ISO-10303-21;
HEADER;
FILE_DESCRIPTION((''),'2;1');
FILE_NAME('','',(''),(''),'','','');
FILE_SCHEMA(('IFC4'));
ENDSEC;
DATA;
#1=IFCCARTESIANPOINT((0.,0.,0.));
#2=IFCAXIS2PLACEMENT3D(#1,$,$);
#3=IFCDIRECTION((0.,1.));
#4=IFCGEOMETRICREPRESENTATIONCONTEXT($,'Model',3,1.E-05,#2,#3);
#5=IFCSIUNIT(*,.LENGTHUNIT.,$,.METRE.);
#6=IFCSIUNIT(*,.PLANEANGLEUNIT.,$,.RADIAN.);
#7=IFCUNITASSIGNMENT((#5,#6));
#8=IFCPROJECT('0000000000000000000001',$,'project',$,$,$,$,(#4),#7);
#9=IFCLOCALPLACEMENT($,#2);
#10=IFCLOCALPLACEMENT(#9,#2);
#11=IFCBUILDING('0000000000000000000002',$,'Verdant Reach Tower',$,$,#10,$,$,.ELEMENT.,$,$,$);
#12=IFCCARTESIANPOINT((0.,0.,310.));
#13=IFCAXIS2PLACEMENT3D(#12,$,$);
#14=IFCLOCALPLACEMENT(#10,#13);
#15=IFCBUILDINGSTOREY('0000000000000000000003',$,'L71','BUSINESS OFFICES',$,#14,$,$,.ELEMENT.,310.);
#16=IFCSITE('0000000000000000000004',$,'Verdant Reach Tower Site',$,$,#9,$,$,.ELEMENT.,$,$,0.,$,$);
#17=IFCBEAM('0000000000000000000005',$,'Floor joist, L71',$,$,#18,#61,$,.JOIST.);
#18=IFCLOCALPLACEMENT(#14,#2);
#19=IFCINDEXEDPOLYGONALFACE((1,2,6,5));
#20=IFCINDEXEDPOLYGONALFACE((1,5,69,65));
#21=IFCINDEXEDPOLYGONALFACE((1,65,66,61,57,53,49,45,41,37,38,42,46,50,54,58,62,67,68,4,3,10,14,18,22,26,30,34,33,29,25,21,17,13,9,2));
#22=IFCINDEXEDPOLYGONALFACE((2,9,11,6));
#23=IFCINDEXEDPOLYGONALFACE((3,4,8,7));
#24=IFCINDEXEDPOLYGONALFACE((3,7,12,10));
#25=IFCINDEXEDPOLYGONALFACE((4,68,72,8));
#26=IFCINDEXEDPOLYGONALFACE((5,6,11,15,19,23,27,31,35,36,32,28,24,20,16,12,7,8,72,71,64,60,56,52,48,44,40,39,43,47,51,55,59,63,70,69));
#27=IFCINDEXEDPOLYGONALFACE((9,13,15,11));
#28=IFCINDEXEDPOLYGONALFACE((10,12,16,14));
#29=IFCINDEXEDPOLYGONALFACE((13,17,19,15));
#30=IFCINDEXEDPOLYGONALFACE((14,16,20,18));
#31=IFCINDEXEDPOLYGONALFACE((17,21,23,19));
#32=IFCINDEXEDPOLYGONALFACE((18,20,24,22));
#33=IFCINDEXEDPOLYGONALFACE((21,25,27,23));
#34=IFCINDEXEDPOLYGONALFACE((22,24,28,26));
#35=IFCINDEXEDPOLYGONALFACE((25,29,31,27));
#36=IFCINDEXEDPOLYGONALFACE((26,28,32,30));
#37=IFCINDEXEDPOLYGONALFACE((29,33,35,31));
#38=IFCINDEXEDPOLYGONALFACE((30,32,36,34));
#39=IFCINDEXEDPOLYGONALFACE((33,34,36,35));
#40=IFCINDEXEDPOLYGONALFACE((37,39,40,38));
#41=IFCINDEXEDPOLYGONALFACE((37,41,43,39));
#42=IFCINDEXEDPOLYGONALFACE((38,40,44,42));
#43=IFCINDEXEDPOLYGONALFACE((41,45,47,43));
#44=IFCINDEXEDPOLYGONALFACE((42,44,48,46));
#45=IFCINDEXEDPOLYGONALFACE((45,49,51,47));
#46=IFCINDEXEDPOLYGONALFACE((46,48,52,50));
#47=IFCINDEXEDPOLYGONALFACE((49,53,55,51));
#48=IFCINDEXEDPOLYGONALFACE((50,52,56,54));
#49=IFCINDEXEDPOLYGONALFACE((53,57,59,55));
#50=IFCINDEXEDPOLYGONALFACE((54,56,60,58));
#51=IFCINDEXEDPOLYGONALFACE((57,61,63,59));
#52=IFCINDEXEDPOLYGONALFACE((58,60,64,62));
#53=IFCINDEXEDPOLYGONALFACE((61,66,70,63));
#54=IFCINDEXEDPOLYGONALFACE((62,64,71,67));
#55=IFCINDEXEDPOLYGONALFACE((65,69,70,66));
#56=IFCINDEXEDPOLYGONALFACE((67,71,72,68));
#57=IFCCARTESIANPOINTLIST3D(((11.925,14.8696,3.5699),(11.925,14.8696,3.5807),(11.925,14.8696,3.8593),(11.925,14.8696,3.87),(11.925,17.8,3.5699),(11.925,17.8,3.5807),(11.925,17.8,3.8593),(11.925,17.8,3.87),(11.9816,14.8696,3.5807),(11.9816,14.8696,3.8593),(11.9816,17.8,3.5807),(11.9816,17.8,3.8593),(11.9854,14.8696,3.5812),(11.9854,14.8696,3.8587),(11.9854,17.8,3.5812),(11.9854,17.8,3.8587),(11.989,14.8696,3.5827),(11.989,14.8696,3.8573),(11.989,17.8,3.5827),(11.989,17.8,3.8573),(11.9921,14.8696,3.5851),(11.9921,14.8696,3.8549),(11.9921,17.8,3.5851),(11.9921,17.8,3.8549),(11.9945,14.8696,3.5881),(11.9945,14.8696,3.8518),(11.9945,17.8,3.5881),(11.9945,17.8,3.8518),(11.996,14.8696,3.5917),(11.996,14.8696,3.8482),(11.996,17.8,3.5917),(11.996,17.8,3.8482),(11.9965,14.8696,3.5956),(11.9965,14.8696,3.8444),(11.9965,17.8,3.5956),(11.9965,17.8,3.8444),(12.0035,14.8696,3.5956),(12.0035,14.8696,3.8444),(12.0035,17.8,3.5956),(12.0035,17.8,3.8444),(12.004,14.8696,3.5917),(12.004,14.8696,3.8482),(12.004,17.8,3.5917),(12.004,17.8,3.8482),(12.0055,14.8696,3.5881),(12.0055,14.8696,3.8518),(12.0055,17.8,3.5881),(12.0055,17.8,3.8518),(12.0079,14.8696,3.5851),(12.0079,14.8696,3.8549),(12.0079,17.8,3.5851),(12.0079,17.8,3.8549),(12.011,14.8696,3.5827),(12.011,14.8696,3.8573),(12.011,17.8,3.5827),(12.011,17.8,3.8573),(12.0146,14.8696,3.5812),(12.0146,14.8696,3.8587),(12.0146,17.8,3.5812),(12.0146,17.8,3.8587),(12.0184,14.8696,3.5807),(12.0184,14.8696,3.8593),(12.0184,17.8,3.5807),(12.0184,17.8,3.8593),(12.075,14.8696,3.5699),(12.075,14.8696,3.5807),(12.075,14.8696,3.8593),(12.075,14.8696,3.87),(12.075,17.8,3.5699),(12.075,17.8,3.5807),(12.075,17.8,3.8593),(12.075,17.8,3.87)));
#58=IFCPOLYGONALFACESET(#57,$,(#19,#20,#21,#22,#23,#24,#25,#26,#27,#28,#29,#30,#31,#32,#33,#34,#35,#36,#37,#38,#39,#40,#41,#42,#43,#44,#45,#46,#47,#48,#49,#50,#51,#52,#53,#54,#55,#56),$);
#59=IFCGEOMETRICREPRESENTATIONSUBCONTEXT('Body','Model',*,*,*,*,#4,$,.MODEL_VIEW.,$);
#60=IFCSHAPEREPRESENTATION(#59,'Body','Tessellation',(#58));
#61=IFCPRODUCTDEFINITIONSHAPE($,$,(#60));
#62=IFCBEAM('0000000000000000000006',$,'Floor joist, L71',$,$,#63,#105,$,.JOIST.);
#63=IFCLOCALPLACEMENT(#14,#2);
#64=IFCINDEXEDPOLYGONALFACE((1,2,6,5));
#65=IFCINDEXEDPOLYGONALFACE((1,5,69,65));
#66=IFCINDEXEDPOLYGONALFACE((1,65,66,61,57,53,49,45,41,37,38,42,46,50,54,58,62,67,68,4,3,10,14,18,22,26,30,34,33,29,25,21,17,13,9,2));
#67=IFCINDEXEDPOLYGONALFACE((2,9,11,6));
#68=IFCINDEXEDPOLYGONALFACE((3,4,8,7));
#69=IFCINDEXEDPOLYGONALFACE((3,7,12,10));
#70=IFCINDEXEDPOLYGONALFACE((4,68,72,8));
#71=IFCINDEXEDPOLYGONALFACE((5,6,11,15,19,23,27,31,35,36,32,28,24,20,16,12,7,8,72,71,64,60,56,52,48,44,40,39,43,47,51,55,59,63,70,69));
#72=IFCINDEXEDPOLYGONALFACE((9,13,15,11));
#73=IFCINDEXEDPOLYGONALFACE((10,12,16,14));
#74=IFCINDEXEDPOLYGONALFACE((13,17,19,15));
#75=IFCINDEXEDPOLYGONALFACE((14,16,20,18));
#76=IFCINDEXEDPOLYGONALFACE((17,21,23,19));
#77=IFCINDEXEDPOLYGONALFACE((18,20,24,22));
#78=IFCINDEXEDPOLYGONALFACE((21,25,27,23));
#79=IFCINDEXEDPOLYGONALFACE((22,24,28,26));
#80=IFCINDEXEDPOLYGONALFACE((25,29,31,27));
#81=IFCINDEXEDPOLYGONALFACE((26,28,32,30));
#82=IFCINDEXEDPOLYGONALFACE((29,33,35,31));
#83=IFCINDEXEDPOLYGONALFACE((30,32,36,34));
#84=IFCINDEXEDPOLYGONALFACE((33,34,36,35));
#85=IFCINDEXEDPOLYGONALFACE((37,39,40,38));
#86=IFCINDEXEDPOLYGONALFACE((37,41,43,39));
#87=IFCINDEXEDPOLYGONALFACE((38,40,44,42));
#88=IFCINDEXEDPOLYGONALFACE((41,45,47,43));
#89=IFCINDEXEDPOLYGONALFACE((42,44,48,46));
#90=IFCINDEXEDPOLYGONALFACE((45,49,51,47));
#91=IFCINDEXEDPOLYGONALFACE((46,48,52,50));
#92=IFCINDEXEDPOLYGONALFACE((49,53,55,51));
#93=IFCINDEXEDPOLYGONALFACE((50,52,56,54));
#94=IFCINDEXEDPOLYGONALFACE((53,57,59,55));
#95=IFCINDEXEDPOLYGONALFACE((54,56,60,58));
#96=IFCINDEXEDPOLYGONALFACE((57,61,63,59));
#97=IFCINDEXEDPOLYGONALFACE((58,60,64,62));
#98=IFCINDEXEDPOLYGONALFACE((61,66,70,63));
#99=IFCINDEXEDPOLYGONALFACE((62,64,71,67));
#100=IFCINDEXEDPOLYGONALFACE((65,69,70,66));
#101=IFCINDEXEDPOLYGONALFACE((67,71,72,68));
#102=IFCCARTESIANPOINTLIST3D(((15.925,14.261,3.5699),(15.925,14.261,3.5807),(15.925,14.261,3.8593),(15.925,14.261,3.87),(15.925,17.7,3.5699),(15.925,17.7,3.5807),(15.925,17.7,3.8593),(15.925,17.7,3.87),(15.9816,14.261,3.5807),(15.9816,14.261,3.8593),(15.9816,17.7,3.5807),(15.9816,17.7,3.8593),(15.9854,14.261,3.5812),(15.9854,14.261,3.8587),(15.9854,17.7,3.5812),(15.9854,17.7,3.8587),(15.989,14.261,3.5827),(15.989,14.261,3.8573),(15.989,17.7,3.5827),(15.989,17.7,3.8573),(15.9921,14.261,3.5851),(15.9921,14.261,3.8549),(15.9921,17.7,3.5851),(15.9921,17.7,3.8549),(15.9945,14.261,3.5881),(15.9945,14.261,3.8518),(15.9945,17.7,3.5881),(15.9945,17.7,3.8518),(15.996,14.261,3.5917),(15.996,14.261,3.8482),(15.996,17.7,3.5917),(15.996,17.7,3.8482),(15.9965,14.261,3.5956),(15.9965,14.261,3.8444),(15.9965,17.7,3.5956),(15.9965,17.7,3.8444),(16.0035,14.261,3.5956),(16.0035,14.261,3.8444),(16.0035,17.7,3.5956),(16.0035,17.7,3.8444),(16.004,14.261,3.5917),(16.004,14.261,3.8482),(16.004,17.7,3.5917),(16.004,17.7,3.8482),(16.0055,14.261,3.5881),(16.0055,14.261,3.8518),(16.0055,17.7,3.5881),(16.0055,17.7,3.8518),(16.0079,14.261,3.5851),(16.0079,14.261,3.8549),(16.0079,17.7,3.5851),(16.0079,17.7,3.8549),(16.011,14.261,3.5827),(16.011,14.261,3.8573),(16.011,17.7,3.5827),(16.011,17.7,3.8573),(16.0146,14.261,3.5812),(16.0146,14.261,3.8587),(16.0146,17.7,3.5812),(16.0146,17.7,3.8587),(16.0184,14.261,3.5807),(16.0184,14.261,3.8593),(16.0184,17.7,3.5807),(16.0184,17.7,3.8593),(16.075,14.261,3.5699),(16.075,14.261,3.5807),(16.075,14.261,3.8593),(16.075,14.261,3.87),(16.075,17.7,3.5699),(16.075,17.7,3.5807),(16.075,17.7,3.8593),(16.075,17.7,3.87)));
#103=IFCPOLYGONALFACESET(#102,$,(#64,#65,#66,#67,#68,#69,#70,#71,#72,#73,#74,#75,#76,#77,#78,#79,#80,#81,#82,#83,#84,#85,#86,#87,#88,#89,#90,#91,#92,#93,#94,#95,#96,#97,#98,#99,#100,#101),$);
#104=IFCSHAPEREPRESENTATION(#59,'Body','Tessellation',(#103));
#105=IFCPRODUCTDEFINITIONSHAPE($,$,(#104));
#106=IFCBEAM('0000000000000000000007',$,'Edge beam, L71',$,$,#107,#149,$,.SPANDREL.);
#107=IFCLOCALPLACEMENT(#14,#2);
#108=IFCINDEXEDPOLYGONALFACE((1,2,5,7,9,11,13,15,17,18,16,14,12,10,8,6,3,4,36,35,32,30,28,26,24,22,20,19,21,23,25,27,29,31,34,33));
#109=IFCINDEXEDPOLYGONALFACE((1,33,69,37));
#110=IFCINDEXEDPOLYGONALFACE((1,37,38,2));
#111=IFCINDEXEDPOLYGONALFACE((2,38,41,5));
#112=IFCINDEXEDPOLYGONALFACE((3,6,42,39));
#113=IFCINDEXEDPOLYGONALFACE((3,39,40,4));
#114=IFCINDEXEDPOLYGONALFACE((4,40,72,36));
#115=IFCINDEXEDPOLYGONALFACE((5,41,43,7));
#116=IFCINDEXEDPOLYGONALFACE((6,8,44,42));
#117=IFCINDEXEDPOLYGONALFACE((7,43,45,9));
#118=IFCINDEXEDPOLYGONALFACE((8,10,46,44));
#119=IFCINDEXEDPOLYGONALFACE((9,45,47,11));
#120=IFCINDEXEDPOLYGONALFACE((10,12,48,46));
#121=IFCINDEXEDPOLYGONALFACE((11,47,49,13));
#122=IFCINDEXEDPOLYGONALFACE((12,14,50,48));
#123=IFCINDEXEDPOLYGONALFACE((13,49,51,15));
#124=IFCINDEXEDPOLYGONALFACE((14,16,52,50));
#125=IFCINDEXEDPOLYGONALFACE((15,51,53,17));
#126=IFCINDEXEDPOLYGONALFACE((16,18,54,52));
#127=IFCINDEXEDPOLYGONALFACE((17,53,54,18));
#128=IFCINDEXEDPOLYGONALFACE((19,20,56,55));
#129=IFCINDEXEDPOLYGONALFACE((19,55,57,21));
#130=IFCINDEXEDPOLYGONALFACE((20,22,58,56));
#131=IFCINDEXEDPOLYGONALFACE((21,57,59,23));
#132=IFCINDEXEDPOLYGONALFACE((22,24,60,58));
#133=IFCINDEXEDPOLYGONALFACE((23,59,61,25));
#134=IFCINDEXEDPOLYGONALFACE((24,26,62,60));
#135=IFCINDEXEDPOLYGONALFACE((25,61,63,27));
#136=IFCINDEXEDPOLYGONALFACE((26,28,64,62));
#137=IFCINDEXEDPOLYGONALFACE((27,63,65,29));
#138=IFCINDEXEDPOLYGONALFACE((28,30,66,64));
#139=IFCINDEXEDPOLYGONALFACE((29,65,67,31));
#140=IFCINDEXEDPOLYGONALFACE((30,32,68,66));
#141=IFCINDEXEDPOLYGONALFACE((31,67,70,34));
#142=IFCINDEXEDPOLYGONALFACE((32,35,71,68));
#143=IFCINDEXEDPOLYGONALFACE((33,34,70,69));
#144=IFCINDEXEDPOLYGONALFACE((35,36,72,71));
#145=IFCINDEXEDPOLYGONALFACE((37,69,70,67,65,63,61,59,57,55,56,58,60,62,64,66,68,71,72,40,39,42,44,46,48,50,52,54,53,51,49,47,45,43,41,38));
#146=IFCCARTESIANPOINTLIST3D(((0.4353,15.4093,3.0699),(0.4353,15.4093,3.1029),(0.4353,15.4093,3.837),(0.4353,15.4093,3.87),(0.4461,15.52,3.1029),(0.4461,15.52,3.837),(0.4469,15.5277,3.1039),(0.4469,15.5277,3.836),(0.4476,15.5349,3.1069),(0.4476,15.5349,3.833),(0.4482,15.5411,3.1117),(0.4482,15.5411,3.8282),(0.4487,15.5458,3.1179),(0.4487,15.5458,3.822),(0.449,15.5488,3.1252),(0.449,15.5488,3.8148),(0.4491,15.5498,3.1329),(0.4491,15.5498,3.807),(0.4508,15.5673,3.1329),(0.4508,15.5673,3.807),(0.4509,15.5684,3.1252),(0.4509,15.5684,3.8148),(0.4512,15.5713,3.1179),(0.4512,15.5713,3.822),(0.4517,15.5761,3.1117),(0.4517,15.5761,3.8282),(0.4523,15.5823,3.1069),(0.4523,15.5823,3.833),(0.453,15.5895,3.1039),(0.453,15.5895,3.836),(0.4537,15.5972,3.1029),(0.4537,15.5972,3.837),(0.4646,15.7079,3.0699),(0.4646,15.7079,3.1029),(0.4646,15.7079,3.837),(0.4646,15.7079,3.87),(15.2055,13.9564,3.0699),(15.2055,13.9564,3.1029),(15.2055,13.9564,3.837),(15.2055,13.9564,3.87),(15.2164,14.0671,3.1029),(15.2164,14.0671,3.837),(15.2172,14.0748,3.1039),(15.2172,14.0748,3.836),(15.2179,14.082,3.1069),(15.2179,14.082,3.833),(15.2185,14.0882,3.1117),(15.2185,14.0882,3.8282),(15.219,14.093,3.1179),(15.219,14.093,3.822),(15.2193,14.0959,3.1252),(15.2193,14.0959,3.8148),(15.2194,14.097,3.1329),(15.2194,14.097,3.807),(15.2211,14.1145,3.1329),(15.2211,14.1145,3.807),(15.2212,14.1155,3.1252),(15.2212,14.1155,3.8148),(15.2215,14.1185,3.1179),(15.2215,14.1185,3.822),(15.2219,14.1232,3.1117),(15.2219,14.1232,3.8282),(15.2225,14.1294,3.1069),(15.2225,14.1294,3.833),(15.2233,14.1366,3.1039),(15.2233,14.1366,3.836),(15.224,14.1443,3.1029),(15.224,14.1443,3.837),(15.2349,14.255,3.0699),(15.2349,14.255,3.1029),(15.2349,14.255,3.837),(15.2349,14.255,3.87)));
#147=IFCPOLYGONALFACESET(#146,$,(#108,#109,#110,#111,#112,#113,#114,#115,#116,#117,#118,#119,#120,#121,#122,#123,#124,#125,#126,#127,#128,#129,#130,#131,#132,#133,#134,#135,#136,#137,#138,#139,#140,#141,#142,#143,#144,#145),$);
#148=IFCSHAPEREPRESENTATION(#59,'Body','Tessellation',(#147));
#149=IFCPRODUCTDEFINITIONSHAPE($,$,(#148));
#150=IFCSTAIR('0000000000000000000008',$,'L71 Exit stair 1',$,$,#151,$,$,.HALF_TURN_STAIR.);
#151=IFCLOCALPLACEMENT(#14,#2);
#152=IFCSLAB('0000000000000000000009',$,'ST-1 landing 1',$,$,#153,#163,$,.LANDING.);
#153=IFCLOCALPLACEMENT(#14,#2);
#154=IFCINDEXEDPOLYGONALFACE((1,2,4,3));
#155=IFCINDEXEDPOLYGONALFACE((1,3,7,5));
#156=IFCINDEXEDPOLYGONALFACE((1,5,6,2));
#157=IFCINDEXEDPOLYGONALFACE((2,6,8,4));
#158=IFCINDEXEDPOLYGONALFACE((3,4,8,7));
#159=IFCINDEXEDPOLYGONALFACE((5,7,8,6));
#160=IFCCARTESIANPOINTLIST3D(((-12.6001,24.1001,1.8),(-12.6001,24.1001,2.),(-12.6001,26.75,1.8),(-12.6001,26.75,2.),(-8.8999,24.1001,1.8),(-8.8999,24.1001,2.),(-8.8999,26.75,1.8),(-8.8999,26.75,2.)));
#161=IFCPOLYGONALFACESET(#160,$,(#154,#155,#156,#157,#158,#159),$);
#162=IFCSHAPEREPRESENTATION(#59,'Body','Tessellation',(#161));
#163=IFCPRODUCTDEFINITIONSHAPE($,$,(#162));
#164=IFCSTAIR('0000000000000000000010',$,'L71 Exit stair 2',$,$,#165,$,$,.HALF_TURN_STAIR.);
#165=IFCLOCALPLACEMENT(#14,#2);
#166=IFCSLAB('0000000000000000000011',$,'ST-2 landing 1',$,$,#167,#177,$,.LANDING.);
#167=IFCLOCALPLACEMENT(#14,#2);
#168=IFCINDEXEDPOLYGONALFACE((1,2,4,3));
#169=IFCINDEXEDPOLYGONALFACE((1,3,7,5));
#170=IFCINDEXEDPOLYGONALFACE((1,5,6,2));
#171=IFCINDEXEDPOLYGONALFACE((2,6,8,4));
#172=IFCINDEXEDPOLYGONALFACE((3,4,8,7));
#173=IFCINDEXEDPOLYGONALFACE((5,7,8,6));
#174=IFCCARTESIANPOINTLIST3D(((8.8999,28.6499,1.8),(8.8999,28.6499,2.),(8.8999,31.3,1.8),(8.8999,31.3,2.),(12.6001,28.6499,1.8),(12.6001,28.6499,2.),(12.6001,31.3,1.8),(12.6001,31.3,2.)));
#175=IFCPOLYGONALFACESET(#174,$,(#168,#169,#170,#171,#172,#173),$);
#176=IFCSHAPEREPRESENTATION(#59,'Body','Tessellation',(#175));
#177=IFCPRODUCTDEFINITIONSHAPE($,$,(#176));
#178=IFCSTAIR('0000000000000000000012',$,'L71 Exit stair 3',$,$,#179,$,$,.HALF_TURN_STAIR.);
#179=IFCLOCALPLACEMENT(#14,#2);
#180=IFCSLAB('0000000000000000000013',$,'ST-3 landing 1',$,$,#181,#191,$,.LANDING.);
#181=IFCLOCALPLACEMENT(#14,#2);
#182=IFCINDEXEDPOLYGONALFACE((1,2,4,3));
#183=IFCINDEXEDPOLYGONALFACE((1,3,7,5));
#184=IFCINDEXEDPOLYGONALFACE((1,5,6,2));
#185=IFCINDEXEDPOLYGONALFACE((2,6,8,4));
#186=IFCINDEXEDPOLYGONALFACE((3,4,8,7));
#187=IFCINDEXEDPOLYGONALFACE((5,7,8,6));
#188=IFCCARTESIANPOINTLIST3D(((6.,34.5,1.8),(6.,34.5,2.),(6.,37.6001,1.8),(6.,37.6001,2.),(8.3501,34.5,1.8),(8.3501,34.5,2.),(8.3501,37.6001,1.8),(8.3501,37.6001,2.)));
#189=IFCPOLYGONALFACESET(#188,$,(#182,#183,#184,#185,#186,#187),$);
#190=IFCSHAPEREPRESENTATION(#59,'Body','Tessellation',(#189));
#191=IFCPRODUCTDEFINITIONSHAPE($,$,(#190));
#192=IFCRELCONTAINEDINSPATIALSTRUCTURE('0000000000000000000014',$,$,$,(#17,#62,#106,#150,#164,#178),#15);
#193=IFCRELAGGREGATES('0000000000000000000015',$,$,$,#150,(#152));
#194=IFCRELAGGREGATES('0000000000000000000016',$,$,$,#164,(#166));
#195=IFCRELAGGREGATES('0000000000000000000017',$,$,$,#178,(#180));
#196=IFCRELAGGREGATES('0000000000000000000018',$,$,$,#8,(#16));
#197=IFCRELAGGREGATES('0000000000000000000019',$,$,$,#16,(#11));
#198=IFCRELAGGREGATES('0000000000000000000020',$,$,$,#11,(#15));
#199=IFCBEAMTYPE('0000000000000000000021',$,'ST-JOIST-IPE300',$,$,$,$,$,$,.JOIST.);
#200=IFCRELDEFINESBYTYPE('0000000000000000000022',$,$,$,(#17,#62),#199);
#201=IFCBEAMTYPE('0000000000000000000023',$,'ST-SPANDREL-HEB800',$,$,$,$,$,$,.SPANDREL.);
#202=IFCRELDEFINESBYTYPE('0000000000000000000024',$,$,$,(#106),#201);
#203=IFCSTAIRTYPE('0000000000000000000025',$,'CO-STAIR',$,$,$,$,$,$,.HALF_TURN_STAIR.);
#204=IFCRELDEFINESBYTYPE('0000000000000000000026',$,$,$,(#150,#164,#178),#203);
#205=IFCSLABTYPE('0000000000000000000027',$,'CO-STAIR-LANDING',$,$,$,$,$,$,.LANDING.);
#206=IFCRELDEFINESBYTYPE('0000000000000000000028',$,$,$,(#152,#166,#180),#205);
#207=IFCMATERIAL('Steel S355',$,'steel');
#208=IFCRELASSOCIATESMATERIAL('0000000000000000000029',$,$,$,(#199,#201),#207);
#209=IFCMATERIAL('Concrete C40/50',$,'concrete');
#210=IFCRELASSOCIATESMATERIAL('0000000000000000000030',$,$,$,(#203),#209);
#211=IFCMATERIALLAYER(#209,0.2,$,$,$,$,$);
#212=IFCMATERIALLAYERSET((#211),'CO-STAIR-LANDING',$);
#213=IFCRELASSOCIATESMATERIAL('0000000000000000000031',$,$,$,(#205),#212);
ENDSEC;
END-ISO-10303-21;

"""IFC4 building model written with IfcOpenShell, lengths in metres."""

from ifc_helpers import new_model, si_unit, direction, frame, origin, origin_2d, place, context, subcontext, project, spatial, polyline, i_section, outline, extrude, material, layer, layer_set, material_profile, profile_set, type_object, element, aggregate, save


model = new_model("IFC4")

# Units and contexts
model_context = context("Model", 3, precision=1e-05, world=origin(), true_north=direction((0.0, 1.0)))
body_context = subcontext(model_context, "Body", "Model", "MODEL_VIEW")
ifc_project = project(units=[si_unit("LENGTHUNIT", "METRE"), si_unit("PLANEANGLEUNIT", "RADIAN")], contexts=[model_context])

# Site, building, storey
site_placement = place(None, origin())
site = spatial("IfcSite", under=ifc_project, at=site_placement, Name="Verdant Reach Tower Site", CompositionType="ELEMENT", RefElevation=0.0)
building_placement = place(site_placement, origin())
building = spatial("IfcBuilding", under=site, at=building_placement, Name="Verdant Reach Tower", CompositionType="ELEMENT")
storey_placement = place(building_placement, frame((0.0, 0.0, 310.0)))
storey = spatial("IfcBuildingStorey", under=building, at=storey_placement, Name="L71", Description="BUSINESS OFFICES", CompositionType="ELEMENT", Elevation=310.0)

# Beams
ifc_material_1 = material(Name="Steel S355", Category="steel")
ifc_material_profile_1 = material_profile(ifc_material_1, i_section(OverallWidth=0.1499, OverallDepth=0.3, WebThickness=0.0071, FlangeThickness=0.0107, FilletRadius=0.0149, at=origin_2d()), Name="IPE 300")
ifc_profile_set_1 = profile_set([ifc_material_profile_1], Name="Steel S355")
beam_type_1 = type_object("IfcBeamType", Name="ST-JOIST-IPE300", PredefinedType="JOIST", material=ifc_profile_set_1)
beam_1_placement = place(storey_placement, frame((12.0, 17.8, 3.72), z_axis=(0.0, -1.0, 0.0), x_axis=(1.0, 0.0, 0.0)))
element("IfcBeam", 1, at=beam_1_placement, inside=storey, type_object=beam_type_1, Name="Floor joist, L71", PredefinedType="JOIST", context=body_context, shape_type="SweptSolid", body=[
    extrude(i_section(OverallWidth=0.1499, OverallDepth=0.3, WebThickness=0.0071, FlangeThickness=0.0107, FilletRadius=0.0149, at=origin_2d()), origin(), (0.0, 0.0, 1.0), 2.9304),
])
beam_2_placement = place(storey_placement, frame((16.0, 17.7, 3.72), z_axis=(0.0, -1.0, 0.0), x_axis=(1.0, 0.0, 0.0)))
element("IfcBeam", 2, at=beam_2_placement, inside=storey, type_object=beam_type_1, Name="Floor joist, L71", PredefinedType="JOIST", context=body_context, shape_type="SweptSolid", body=[
    extrude(i_section(OverallWidth=0.1499, OverallDepth=0.3, WebThickness=0.0071, FlangeThickness=0.0107, FilletRadius=0.0149, at=origin_2d()), origin(), (0.0, 0.0, 1.0), 3.439),
])
ifc_material_profile_2 = material_profile(ifc_material_1, i_section(OverallWidth=0.3, OverallDepth=0.8, WebThickness=0.0176, FlangeThickness=0.033, FilletRadius=0.03, at=origin_2d()), Name="HEB 800")
ifc_profile_set_2 = profile_set([ifc_material_profile_2], Name="Steel S355")
beam_type_2 = type_object("IfcBeamType", Name="ST-SPANDREL-HEB800", PredefinedType="SPANDREL", material=ifc_profile_set_2)
beam_3_placement = place(storey_placement, frame((15.2202, 14.1057, 3.47), z_axis=(-0.995197, 0.097893, 0.0), x_axis=(-0.097893, -0.995197, 0.0)))
element("IfcBeam", 3, at=beam_3_placement, inside=storey, type_object=beam_type_2, Name="Edge beam, L71", PredefinedType="SPANDREL", context=body_context, shape_type="SweptSolid", body=[
    extrude(i_section(OverallWidth=0.3, OverallDepth=0.8, WebThickness=0.0176, FlangeThickness=0.033, FilletRadius=0.03, at=origin_2d()), origin(), (0.0, 0.0, 1.0), 14.8416),
])

# Stairs, slabs
ifc_material_2 = material(Name="Concrete C40/50", Category="concrete")
stair_type = type_object("IfcStairType", Name="CO-STAIR", PredefinedType="HALF_TURN_STAIR", material=ifc_material_2)
stair_1_placement = place(storey_placement, origin())
stair_1 = element("IfcStair", 4, at=stair_1_placement, inside=storey, type_object=stair_type, Name="L71 Exit stair 1", PredefinedType="HALF_TURN_STAIR")
ifc_layer_1 = layer(ifc_material_2, 0.2)
ifc_layer_set_1 = layer_set([ifc_layer_1], Name="CO-STAIR-LANDING")
slab_type_1 = type_object("IfcSlabType", Name="CO-STAIR-LANDING", PredefinedType="LANDING", material=ifc_layer_set_1)
slab_1_placement = place(storey_placement, frame((0.0, 0.0, 1.8)))
slab_1 = element("IfcSlab", 5, at=slab_1_placement, type_object=slab_type_1, Name="ST-1 landing 1", PredefinedType="LANDING", context=body_context, shape_type="SweptSolid", body=[
    extrude(outline(polyline([(-12.6001, 26.75), (-12.6001, 24.1001), (-8.8999, 24.1001), (-8.8999, 26.75), (-12.6001, 26.75)])), origin(), (0.0, 0.0, 1.0), 0.2),
])
aggregate(stair_1, [slab_1])
stair_2_placement = place(storey_placement, origin())
stair_2 = element("IfcStair", 6, at=stair_2_placement, inside=storey, type_object=stair_type, Name="L71 Exit stair 2", PredefinedType="HALF_TURN_STAIR")
slab_2_placement = place(storey_placement, frame((0.0, 0.0, 1.8)))
slab_2 = element("IfcSlab", 7, at=slab_2_placement, type_object=slab_type_1, Name="ST-2 landing 1", PredefinedType="LANDING", context=body_context, shape_type="SweptSolid", body=[
    extrude(outline(polyline([(12.6001, 28.6499), (12.6001, 31.3), (8.8999, 31.3), (8.8999, 28.6499), (12.6001, 28.6499)])), origin(), (0.0, 0.0, 1.0), 0.2),
])
aggregate(stair_2, [slab_2])
stair_3_placement = place(storey_placement, origin())
stair_3 = element("IfcStair", 8, at=stair_3_placement, inside=storey, type_object=stair_type, Name="L71 Exit stair 3", PredefinedType="HALF_TURN_STAIR")
slab_3_placement = place(storey_placement, frame((0.0, 0.0, 1.8)))
slab_3 = element("IfcSlab", 9, at=slab_3_placement, type_object=slab_type_1, Name="ST-3 landing 1", PredefinedType="LANDING", context=body_context, shape_type="SweptSolid", body=[
    extrude(outline(polyline([(8.3501, 37.6001), (6.0, 37.6001), (6.0, 34.5), (8.3501, 34.5), (8.3501, 37.6001)])), origin(), (0.0, 0.0, 1.0), 0.2),
])
aggregate(stair_3, [slab_3])

save(model, "model.ifc")
